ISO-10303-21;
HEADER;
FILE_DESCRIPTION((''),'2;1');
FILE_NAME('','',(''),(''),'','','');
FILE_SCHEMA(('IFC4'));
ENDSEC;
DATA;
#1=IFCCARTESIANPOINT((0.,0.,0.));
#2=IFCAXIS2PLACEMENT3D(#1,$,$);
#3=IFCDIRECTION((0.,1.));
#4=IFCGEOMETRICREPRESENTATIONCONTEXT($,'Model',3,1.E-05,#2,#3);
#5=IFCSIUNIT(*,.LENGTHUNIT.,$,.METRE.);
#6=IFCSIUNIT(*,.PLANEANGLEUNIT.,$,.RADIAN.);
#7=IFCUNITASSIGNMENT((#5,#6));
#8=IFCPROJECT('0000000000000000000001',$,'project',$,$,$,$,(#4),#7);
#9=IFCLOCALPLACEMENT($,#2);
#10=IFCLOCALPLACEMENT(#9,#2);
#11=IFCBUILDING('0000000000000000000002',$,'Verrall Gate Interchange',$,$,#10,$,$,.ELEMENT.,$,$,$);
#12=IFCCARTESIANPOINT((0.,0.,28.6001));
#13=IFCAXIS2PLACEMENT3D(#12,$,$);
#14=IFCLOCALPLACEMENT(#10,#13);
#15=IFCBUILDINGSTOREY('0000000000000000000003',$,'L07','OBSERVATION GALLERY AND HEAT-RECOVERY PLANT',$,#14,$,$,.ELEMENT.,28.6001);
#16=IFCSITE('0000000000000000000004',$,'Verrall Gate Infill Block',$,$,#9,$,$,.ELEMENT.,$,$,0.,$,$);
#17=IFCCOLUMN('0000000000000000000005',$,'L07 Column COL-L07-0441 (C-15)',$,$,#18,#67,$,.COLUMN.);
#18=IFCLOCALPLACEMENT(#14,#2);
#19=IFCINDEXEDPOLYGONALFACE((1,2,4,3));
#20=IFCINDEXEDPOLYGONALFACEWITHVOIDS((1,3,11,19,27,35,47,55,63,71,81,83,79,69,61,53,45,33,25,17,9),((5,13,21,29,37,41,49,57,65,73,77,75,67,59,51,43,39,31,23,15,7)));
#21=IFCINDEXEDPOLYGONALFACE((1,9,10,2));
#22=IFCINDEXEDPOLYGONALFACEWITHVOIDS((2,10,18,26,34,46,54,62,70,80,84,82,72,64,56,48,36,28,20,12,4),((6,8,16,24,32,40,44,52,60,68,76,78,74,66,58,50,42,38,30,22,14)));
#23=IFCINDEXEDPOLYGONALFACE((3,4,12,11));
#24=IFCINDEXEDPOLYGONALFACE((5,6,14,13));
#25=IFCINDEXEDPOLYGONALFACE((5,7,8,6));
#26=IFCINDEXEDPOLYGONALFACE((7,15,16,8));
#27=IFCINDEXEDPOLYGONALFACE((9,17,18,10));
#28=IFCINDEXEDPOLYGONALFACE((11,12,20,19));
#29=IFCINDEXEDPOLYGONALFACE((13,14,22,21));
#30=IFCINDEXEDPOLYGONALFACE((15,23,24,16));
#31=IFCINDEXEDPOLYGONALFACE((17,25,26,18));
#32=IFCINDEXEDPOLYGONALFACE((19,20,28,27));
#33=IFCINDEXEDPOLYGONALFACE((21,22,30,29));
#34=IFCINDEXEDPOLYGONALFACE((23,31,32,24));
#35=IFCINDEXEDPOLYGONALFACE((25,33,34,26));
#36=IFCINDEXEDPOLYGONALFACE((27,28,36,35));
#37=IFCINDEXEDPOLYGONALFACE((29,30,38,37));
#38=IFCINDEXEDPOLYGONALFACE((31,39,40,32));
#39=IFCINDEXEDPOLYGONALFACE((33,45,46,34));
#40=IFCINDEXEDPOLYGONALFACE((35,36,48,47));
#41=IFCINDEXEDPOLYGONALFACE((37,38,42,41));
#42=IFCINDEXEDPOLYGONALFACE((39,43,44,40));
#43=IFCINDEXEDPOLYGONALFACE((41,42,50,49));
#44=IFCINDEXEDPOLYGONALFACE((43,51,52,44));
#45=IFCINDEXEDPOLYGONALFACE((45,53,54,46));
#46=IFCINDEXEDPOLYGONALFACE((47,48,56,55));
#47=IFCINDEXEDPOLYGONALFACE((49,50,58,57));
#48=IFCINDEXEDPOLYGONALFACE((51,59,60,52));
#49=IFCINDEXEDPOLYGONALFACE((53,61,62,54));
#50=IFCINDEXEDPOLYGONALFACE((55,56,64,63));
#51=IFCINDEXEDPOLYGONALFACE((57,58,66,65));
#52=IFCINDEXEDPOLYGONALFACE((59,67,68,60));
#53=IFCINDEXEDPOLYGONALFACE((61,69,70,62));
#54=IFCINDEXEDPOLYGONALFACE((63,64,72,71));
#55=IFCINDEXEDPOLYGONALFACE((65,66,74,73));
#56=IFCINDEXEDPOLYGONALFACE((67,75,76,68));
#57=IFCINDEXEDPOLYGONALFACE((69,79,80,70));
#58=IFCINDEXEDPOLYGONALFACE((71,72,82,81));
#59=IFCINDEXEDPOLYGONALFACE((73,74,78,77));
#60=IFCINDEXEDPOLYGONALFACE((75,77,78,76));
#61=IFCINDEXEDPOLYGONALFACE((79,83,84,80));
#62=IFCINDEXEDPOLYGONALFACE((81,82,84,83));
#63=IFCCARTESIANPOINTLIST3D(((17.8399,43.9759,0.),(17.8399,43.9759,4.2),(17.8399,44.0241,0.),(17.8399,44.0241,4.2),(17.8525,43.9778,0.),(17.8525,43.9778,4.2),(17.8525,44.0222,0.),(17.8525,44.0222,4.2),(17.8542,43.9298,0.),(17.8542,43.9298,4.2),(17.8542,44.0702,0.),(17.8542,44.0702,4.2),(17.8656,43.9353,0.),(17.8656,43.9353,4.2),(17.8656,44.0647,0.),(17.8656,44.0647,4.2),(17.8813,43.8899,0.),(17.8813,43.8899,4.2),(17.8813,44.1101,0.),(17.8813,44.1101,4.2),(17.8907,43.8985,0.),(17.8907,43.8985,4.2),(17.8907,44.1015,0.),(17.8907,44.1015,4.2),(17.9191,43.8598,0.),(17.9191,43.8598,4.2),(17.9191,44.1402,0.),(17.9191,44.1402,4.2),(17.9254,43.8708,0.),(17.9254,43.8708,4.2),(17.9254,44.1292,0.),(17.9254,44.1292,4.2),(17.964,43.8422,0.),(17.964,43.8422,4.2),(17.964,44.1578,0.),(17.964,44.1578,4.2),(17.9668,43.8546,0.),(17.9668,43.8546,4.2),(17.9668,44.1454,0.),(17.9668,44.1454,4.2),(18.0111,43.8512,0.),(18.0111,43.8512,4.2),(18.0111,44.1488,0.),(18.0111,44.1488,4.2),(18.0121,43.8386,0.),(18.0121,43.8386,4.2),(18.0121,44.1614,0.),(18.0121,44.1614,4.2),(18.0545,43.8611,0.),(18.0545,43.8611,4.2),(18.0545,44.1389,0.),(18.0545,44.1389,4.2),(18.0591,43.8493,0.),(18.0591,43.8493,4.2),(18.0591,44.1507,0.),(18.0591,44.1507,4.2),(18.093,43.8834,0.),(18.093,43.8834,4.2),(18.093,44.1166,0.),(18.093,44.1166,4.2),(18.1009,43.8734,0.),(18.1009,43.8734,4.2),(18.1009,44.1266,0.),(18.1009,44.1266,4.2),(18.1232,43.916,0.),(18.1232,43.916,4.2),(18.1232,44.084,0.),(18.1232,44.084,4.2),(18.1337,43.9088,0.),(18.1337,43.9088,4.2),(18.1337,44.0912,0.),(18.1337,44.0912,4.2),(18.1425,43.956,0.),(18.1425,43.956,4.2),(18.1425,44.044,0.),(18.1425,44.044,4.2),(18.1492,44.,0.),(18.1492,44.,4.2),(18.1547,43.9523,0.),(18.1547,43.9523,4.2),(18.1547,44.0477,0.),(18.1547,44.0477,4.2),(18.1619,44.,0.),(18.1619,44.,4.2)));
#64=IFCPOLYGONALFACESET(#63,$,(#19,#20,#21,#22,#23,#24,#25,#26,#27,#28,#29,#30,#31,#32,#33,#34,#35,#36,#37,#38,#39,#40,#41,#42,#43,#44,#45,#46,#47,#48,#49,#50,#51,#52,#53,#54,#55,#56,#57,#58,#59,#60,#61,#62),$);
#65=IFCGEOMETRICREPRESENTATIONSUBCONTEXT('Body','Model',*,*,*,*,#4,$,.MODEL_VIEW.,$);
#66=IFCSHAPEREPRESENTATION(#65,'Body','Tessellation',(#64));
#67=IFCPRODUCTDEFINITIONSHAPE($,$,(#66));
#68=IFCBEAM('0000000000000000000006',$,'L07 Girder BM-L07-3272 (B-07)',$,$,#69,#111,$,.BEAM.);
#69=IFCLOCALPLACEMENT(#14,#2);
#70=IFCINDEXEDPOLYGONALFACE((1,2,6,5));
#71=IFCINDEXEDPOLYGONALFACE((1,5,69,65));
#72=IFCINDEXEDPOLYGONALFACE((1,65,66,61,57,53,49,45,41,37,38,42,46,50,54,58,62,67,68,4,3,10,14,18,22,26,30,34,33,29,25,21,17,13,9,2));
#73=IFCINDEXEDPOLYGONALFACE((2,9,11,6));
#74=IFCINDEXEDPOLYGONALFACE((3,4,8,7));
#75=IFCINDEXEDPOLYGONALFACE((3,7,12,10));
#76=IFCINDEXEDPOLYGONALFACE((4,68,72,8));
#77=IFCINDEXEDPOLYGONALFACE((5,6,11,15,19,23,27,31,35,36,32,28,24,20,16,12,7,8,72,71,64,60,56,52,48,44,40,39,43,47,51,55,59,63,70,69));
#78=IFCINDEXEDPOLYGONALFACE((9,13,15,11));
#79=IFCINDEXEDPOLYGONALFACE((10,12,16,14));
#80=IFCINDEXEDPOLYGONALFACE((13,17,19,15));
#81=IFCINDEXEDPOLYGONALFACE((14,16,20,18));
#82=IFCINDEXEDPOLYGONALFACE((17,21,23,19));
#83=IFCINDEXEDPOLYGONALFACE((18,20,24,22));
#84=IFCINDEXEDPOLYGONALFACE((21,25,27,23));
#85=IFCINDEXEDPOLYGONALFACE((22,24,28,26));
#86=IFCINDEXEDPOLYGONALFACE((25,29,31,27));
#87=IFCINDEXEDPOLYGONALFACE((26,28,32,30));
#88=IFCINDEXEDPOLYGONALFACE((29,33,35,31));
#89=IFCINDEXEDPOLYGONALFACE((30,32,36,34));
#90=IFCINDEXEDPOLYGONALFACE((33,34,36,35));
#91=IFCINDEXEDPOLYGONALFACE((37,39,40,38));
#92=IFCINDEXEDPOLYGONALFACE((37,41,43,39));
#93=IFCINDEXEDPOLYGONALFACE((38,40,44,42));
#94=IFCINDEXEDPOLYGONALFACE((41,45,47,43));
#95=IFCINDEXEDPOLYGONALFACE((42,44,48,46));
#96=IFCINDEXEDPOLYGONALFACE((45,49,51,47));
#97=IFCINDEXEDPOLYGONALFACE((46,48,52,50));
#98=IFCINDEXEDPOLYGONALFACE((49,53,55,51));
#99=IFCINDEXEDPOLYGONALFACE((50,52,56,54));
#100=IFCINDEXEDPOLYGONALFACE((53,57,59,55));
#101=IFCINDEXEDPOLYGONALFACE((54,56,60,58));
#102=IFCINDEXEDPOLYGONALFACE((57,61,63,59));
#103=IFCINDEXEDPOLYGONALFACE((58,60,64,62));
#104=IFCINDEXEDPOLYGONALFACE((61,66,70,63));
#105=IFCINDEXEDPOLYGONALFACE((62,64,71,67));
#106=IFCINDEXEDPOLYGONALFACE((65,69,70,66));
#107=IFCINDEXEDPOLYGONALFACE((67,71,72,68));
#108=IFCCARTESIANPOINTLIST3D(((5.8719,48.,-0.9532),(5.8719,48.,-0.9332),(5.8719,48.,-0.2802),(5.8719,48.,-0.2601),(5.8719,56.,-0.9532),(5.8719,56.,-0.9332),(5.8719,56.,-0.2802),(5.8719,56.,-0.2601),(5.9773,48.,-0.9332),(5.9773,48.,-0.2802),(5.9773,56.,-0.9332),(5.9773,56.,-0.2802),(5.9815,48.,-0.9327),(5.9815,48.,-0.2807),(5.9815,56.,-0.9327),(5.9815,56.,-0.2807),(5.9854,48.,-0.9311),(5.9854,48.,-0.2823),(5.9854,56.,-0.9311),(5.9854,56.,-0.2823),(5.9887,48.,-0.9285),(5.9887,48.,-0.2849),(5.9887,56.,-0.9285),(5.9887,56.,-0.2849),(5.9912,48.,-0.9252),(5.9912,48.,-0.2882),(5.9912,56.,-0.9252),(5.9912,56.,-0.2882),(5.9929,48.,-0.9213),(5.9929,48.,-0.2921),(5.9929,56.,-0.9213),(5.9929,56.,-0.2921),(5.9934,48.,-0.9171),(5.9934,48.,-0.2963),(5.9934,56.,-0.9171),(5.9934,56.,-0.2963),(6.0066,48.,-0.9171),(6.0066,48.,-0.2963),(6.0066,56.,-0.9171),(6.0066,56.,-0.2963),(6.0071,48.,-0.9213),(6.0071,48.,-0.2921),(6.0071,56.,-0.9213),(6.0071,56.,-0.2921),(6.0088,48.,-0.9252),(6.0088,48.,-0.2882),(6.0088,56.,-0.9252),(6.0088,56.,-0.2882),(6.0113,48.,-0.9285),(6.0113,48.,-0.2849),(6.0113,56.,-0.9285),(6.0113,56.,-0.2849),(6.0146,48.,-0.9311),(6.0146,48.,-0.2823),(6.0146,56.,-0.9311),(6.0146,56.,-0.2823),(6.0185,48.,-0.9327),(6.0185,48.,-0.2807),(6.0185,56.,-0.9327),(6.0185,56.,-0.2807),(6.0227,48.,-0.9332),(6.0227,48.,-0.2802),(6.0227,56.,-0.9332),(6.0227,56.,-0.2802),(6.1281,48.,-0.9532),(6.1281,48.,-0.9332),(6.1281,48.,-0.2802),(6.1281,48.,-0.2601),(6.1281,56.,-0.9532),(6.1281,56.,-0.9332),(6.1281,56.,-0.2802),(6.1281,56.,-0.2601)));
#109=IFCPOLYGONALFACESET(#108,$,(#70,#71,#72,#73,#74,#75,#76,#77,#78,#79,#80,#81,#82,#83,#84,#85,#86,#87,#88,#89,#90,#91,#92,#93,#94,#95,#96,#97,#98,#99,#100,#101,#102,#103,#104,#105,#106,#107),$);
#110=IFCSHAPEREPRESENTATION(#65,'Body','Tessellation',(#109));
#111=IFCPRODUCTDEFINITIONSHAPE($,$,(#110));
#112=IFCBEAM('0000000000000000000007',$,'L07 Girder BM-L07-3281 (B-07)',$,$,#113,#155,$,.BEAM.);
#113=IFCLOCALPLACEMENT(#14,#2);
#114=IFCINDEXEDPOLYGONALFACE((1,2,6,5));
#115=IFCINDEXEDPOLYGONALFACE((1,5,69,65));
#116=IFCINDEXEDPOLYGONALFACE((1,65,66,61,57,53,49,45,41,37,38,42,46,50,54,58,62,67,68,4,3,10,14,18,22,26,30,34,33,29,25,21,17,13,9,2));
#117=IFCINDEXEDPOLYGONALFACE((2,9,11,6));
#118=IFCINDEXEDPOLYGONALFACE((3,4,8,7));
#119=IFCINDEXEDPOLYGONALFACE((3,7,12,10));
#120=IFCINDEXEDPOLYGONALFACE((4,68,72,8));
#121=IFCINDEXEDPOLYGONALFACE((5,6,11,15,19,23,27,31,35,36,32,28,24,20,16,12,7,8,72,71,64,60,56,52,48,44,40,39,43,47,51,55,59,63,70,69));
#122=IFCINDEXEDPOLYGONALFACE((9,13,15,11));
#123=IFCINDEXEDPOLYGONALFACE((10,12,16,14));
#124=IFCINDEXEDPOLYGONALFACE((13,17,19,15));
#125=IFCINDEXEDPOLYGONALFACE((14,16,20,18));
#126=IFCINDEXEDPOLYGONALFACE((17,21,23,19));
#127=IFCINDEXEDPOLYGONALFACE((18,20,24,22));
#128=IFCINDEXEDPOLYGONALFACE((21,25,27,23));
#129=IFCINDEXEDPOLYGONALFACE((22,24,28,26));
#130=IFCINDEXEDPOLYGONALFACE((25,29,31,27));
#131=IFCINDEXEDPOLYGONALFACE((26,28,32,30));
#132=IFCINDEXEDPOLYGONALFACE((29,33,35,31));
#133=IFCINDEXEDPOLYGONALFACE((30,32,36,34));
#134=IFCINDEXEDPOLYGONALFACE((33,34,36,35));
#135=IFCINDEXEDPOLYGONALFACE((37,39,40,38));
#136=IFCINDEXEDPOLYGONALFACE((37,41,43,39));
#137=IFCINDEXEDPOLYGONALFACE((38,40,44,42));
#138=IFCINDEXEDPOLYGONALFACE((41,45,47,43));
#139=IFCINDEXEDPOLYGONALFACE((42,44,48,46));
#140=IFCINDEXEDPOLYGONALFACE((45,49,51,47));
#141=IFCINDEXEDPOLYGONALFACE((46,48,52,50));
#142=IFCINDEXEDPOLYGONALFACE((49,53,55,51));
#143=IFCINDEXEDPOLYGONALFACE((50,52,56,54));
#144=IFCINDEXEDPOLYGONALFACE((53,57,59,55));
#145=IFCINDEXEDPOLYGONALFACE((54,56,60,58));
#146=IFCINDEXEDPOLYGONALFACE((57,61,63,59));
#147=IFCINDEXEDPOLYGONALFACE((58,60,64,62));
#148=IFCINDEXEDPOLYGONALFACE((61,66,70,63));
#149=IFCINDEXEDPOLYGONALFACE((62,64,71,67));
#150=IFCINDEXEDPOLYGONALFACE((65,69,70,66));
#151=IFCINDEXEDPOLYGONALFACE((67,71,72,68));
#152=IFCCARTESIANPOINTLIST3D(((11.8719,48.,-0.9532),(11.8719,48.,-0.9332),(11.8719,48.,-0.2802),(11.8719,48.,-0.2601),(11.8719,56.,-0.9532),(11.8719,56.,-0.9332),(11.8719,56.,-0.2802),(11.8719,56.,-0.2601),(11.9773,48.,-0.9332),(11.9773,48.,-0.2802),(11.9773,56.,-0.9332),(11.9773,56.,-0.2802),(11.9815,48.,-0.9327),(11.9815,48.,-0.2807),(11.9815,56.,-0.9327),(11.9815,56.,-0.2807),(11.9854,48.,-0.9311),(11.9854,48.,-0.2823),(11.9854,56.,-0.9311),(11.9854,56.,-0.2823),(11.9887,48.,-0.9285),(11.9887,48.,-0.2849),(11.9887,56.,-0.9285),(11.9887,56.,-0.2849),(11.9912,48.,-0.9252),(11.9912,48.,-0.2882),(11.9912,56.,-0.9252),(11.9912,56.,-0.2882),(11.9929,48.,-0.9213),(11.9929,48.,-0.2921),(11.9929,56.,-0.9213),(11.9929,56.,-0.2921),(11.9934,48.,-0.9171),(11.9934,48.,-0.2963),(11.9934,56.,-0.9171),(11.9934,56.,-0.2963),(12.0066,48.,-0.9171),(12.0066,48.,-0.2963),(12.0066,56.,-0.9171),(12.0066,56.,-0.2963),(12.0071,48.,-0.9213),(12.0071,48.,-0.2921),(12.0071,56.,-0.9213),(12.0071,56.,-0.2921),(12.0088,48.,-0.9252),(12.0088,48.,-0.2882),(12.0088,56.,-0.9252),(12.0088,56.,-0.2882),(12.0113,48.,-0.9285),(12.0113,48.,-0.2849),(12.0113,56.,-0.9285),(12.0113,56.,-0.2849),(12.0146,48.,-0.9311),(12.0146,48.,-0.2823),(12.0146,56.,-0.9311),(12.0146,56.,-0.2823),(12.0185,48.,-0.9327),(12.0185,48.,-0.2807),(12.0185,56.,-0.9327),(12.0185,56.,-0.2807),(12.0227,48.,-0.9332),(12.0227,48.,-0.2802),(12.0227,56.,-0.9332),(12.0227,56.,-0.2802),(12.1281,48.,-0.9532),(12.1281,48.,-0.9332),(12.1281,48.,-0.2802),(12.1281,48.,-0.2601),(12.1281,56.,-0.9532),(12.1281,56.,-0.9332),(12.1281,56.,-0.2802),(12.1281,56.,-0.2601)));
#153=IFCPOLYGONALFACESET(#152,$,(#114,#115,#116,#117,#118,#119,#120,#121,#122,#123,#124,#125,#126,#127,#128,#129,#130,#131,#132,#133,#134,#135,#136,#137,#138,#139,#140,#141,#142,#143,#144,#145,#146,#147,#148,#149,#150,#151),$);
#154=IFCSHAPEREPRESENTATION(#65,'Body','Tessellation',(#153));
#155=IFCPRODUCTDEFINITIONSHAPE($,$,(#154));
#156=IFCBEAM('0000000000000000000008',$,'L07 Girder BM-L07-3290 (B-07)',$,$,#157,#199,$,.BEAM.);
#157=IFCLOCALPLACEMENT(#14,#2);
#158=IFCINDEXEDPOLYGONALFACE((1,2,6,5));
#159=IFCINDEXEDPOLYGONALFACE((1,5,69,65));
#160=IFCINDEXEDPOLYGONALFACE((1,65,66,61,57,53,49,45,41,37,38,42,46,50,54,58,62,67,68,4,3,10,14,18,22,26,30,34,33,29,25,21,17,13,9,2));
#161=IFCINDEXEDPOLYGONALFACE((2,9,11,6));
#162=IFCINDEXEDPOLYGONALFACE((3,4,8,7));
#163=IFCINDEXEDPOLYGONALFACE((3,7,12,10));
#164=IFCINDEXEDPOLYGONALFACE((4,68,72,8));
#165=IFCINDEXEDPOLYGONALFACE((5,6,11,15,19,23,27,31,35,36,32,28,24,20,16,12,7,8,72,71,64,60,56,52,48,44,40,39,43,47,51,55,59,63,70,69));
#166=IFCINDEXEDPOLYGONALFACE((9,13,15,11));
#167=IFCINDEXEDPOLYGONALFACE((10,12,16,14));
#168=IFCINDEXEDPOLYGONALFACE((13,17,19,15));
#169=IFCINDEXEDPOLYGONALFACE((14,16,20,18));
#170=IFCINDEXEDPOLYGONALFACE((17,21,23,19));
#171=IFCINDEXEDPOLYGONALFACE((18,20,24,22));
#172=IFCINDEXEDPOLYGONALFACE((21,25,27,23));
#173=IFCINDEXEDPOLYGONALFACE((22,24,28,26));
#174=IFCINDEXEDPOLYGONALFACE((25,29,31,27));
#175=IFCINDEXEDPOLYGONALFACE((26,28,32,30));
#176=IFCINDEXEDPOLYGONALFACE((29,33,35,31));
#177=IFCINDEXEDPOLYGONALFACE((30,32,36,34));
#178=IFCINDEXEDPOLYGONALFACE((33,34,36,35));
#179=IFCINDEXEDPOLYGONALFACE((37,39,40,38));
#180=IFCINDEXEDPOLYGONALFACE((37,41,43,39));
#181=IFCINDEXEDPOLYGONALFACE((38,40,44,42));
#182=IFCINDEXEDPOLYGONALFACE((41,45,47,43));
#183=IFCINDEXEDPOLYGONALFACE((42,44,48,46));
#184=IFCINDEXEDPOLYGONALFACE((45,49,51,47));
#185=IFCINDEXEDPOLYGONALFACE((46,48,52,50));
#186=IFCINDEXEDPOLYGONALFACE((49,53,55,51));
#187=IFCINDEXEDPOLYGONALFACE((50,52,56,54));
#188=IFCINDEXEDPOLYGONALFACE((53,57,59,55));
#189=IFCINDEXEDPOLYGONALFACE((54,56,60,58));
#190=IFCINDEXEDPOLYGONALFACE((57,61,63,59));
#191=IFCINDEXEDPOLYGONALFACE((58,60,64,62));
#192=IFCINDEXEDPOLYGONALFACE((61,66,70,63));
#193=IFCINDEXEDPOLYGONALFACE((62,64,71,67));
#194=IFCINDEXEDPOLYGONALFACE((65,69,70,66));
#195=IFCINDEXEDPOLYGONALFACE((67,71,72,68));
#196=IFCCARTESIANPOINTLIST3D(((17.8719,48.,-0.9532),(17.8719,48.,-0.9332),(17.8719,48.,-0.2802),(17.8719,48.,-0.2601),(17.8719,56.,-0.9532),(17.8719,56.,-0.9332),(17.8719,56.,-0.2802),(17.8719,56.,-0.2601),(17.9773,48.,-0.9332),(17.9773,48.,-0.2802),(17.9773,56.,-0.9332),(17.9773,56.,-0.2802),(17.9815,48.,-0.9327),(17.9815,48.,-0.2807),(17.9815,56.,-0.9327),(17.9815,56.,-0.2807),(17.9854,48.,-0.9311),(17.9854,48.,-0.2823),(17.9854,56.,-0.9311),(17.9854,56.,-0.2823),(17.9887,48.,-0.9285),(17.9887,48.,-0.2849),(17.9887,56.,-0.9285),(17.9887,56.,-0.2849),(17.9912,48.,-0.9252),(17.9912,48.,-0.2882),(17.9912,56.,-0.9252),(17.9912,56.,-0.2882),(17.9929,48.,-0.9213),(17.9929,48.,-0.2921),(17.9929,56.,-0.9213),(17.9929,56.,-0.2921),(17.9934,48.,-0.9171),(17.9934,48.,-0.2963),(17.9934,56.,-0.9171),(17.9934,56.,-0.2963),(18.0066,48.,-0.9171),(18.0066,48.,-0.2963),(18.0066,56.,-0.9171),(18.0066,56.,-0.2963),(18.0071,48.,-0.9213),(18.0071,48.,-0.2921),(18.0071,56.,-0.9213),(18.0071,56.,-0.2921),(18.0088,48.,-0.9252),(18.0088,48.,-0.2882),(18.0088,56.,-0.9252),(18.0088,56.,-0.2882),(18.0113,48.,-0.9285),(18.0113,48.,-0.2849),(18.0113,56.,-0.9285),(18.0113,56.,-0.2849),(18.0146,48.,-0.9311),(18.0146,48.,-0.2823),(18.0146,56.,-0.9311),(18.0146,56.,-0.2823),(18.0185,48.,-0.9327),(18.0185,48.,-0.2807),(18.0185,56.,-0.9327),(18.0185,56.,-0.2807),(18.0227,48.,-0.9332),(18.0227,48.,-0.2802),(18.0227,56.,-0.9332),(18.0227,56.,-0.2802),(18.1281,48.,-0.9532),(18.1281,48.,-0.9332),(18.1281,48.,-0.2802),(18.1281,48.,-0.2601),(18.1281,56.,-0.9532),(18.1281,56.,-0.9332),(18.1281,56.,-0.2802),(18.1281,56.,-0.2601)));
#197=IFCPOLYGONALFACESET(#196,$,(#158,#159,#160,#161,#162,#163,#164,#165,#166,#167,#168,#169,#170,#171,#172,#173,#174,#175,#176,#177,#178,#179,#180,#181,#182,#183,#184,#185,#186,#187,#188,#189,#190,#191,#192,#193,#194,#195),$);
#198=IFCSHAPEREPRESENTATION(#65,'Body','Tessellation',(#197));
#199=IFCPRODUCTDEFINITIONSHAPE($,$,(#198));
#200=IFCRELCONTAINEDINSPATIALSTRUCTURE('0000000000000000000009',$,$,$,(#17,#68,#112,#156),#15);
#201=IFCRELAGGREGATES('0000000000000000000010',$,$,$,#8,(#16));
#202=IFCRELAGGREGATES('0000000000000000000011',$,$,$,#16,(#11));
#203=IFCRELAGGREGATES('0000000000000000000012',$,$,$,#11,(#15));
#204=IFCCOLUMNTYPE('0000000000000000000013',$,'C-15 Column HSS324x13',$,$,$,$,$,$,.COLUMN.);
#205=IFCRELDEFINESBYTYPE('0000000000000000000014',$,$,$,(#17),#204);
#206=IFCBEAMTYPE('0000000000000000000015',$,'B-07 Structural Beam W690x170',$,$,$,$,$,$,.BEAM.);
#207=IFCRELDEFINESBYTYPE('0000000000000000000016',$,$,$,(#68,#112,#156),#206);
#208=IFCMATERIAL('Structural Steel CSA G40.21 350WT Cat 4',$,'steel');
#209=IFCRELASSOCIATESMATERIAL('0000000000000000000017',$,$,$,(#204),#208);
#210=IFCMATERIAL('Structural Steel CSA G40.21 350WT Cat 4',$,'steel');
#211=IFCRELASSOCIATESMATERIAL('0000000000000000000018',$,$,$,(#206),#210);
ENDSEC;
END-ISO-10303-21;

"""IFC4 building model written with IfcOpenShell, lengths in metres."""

from ifc_helpers import new_model, si_unit, direction, frame, origin, origin_2d, place, context, subcontext, project, spatial, hollow_circle, i_section, extrude, material, material_profile, profile_set, type_object, element, save


model = new_model("IFC4")

# Units and contexts
model_context = context("Model", 3, precision=1e-05, world=origin(), true_north=direction((0.0, 1.0)))
body_context = subcontext(model_context, "Body", "Model", "MODEL_VIEW")
ifc_project = project(units=[si_unit("LENGTHUNIT", "METRE"), si_unit("PLANEANGLEUNIT", "RADIAN")], contexts=[model_context])

# Site, building, storey
site_placement = place(None, origin())
site = spatial("IfcSite", under=ifc_project, at=site_placement, Name="Verrall Gate Infill Block", CompositionType="ELEMENT", RefElevation=0.0)
building_placement = place(site_placement, origin())
building = spatial("IfcBuilding", under=site, at=building_placement, Name="Verrall Gate Interchange", CompositionType="ELEMENT")
storey_placement = place(building_placement, frame((0.0, 0.0, 28.6001)))
storey = spatial("IfcBuildingStorey", under=building, at=storey_placement, Name="L07", Description="OBSERVATION GALLERY AND HEAT-RECOVERY PLANT", CompositionType="ELEMENT", Elevation=28.6001)

# Column
ifc_material_1 = material(Name="Structural Steel CSA G40.21 350WT Cat 4", Category="steel")
ifc_material_profile_1 = material_profile(ifc_material_1, hollow_circle(Radius=0.1619, WallThickness=0.0127, at=origin_2d()), Name="HSS324x13")
ifc_profile_set_1 = profile_set([ifc_material_profile_1], Name="Structural Steel CSA G40.21 350WT Cat 4")
column_type = type_object("IfcColumnType", Name="C-15 Column HSS324x13", PredefinedType="COLUMN", material=ifc_profile_set_1)
column_placement = place(storey_placement, frame((18.0, 44.0, 0.0), z_axis=(0.0, 0.0, 1.0), x_axis=(1.0, 0.0, 0.0)))
element("IfcColumn", 1, at=column_placement, inside=storey, type_object=column_type, Name="L07 Column COL-L07-0441 (C-15)", PredefinedType="COLUMN", context=body_context, shape_type="SweptSolid", body=[
    extrude(hollow_circle(Radius=0.1619, WallThickness=0.0127, at=origin_2d()), origin(), (0.0, 0.0, 1.0), 4.2),
])

# Beams
ifc_material_2 = material(Name="Structural Steel CSA G40.21 350WT Cat 4", Category="steel")
ifc_material_profile_2 = material_profile(ifc_material_2, i_section(OverallWidth=0.2561, OverallDepth=0.6931, WebThickness=0.0132, FlangeThickness=0.02, FilletRadius=0.0161, at=origin_2d()), Name="W690x170")
ifc_profile_set_2 = profile_set([ifc_material_profile_2], Name="Structural Steel CSA G40.21 350WT Cat 4")
beam_type_1 = type_object("IfcBeamType", Name="B-07 Structural Beam W690x170", PredefinedType="BEAM", material=ifc_profile_set_2)
for number, where, z_axis, x_axis, name in (
    (2, (6.0, 48.0, -0.6067), (0.0, 1.0, 0.0), (-1.0, 0.0, 0.0), "L07 Girder BM-L07-3272 (B-07)"),
    (3, (12.0, 48.0, -0.6067), (0.0, 1.0, 0.0), (-1.0, 0.0, 0.0), "L07 Girder BM-L07-3281 (B-07)"),
    (4, (18.0, 48.0, -0.6067), (0.0, 1.0, 0.0), (-1.0, 0.0, 0.0), "L07 Girder BM-L07-3290 (B-07)"),
):
    element("IfcBeam", number, at=place(storey_placement, frame(where, z_axis=z_axis, x_axis=x_axis)), inside=storey, type_object=beam_type_1, Name=name, PredefinedType="BEAM", context=body_context, shape_type="SweptSolid", body=[
        extrude(i_section(OverallWidth=0.2561, OverallDepth=0.6931, WebThickness=0.0132, FlangeThickness=0.02, FilletRadius=0.0161, at=origin_2d()), origin(), (0.0, 0.0, 1.0), 8.0),
    ])

save(model, "model.ifc")
